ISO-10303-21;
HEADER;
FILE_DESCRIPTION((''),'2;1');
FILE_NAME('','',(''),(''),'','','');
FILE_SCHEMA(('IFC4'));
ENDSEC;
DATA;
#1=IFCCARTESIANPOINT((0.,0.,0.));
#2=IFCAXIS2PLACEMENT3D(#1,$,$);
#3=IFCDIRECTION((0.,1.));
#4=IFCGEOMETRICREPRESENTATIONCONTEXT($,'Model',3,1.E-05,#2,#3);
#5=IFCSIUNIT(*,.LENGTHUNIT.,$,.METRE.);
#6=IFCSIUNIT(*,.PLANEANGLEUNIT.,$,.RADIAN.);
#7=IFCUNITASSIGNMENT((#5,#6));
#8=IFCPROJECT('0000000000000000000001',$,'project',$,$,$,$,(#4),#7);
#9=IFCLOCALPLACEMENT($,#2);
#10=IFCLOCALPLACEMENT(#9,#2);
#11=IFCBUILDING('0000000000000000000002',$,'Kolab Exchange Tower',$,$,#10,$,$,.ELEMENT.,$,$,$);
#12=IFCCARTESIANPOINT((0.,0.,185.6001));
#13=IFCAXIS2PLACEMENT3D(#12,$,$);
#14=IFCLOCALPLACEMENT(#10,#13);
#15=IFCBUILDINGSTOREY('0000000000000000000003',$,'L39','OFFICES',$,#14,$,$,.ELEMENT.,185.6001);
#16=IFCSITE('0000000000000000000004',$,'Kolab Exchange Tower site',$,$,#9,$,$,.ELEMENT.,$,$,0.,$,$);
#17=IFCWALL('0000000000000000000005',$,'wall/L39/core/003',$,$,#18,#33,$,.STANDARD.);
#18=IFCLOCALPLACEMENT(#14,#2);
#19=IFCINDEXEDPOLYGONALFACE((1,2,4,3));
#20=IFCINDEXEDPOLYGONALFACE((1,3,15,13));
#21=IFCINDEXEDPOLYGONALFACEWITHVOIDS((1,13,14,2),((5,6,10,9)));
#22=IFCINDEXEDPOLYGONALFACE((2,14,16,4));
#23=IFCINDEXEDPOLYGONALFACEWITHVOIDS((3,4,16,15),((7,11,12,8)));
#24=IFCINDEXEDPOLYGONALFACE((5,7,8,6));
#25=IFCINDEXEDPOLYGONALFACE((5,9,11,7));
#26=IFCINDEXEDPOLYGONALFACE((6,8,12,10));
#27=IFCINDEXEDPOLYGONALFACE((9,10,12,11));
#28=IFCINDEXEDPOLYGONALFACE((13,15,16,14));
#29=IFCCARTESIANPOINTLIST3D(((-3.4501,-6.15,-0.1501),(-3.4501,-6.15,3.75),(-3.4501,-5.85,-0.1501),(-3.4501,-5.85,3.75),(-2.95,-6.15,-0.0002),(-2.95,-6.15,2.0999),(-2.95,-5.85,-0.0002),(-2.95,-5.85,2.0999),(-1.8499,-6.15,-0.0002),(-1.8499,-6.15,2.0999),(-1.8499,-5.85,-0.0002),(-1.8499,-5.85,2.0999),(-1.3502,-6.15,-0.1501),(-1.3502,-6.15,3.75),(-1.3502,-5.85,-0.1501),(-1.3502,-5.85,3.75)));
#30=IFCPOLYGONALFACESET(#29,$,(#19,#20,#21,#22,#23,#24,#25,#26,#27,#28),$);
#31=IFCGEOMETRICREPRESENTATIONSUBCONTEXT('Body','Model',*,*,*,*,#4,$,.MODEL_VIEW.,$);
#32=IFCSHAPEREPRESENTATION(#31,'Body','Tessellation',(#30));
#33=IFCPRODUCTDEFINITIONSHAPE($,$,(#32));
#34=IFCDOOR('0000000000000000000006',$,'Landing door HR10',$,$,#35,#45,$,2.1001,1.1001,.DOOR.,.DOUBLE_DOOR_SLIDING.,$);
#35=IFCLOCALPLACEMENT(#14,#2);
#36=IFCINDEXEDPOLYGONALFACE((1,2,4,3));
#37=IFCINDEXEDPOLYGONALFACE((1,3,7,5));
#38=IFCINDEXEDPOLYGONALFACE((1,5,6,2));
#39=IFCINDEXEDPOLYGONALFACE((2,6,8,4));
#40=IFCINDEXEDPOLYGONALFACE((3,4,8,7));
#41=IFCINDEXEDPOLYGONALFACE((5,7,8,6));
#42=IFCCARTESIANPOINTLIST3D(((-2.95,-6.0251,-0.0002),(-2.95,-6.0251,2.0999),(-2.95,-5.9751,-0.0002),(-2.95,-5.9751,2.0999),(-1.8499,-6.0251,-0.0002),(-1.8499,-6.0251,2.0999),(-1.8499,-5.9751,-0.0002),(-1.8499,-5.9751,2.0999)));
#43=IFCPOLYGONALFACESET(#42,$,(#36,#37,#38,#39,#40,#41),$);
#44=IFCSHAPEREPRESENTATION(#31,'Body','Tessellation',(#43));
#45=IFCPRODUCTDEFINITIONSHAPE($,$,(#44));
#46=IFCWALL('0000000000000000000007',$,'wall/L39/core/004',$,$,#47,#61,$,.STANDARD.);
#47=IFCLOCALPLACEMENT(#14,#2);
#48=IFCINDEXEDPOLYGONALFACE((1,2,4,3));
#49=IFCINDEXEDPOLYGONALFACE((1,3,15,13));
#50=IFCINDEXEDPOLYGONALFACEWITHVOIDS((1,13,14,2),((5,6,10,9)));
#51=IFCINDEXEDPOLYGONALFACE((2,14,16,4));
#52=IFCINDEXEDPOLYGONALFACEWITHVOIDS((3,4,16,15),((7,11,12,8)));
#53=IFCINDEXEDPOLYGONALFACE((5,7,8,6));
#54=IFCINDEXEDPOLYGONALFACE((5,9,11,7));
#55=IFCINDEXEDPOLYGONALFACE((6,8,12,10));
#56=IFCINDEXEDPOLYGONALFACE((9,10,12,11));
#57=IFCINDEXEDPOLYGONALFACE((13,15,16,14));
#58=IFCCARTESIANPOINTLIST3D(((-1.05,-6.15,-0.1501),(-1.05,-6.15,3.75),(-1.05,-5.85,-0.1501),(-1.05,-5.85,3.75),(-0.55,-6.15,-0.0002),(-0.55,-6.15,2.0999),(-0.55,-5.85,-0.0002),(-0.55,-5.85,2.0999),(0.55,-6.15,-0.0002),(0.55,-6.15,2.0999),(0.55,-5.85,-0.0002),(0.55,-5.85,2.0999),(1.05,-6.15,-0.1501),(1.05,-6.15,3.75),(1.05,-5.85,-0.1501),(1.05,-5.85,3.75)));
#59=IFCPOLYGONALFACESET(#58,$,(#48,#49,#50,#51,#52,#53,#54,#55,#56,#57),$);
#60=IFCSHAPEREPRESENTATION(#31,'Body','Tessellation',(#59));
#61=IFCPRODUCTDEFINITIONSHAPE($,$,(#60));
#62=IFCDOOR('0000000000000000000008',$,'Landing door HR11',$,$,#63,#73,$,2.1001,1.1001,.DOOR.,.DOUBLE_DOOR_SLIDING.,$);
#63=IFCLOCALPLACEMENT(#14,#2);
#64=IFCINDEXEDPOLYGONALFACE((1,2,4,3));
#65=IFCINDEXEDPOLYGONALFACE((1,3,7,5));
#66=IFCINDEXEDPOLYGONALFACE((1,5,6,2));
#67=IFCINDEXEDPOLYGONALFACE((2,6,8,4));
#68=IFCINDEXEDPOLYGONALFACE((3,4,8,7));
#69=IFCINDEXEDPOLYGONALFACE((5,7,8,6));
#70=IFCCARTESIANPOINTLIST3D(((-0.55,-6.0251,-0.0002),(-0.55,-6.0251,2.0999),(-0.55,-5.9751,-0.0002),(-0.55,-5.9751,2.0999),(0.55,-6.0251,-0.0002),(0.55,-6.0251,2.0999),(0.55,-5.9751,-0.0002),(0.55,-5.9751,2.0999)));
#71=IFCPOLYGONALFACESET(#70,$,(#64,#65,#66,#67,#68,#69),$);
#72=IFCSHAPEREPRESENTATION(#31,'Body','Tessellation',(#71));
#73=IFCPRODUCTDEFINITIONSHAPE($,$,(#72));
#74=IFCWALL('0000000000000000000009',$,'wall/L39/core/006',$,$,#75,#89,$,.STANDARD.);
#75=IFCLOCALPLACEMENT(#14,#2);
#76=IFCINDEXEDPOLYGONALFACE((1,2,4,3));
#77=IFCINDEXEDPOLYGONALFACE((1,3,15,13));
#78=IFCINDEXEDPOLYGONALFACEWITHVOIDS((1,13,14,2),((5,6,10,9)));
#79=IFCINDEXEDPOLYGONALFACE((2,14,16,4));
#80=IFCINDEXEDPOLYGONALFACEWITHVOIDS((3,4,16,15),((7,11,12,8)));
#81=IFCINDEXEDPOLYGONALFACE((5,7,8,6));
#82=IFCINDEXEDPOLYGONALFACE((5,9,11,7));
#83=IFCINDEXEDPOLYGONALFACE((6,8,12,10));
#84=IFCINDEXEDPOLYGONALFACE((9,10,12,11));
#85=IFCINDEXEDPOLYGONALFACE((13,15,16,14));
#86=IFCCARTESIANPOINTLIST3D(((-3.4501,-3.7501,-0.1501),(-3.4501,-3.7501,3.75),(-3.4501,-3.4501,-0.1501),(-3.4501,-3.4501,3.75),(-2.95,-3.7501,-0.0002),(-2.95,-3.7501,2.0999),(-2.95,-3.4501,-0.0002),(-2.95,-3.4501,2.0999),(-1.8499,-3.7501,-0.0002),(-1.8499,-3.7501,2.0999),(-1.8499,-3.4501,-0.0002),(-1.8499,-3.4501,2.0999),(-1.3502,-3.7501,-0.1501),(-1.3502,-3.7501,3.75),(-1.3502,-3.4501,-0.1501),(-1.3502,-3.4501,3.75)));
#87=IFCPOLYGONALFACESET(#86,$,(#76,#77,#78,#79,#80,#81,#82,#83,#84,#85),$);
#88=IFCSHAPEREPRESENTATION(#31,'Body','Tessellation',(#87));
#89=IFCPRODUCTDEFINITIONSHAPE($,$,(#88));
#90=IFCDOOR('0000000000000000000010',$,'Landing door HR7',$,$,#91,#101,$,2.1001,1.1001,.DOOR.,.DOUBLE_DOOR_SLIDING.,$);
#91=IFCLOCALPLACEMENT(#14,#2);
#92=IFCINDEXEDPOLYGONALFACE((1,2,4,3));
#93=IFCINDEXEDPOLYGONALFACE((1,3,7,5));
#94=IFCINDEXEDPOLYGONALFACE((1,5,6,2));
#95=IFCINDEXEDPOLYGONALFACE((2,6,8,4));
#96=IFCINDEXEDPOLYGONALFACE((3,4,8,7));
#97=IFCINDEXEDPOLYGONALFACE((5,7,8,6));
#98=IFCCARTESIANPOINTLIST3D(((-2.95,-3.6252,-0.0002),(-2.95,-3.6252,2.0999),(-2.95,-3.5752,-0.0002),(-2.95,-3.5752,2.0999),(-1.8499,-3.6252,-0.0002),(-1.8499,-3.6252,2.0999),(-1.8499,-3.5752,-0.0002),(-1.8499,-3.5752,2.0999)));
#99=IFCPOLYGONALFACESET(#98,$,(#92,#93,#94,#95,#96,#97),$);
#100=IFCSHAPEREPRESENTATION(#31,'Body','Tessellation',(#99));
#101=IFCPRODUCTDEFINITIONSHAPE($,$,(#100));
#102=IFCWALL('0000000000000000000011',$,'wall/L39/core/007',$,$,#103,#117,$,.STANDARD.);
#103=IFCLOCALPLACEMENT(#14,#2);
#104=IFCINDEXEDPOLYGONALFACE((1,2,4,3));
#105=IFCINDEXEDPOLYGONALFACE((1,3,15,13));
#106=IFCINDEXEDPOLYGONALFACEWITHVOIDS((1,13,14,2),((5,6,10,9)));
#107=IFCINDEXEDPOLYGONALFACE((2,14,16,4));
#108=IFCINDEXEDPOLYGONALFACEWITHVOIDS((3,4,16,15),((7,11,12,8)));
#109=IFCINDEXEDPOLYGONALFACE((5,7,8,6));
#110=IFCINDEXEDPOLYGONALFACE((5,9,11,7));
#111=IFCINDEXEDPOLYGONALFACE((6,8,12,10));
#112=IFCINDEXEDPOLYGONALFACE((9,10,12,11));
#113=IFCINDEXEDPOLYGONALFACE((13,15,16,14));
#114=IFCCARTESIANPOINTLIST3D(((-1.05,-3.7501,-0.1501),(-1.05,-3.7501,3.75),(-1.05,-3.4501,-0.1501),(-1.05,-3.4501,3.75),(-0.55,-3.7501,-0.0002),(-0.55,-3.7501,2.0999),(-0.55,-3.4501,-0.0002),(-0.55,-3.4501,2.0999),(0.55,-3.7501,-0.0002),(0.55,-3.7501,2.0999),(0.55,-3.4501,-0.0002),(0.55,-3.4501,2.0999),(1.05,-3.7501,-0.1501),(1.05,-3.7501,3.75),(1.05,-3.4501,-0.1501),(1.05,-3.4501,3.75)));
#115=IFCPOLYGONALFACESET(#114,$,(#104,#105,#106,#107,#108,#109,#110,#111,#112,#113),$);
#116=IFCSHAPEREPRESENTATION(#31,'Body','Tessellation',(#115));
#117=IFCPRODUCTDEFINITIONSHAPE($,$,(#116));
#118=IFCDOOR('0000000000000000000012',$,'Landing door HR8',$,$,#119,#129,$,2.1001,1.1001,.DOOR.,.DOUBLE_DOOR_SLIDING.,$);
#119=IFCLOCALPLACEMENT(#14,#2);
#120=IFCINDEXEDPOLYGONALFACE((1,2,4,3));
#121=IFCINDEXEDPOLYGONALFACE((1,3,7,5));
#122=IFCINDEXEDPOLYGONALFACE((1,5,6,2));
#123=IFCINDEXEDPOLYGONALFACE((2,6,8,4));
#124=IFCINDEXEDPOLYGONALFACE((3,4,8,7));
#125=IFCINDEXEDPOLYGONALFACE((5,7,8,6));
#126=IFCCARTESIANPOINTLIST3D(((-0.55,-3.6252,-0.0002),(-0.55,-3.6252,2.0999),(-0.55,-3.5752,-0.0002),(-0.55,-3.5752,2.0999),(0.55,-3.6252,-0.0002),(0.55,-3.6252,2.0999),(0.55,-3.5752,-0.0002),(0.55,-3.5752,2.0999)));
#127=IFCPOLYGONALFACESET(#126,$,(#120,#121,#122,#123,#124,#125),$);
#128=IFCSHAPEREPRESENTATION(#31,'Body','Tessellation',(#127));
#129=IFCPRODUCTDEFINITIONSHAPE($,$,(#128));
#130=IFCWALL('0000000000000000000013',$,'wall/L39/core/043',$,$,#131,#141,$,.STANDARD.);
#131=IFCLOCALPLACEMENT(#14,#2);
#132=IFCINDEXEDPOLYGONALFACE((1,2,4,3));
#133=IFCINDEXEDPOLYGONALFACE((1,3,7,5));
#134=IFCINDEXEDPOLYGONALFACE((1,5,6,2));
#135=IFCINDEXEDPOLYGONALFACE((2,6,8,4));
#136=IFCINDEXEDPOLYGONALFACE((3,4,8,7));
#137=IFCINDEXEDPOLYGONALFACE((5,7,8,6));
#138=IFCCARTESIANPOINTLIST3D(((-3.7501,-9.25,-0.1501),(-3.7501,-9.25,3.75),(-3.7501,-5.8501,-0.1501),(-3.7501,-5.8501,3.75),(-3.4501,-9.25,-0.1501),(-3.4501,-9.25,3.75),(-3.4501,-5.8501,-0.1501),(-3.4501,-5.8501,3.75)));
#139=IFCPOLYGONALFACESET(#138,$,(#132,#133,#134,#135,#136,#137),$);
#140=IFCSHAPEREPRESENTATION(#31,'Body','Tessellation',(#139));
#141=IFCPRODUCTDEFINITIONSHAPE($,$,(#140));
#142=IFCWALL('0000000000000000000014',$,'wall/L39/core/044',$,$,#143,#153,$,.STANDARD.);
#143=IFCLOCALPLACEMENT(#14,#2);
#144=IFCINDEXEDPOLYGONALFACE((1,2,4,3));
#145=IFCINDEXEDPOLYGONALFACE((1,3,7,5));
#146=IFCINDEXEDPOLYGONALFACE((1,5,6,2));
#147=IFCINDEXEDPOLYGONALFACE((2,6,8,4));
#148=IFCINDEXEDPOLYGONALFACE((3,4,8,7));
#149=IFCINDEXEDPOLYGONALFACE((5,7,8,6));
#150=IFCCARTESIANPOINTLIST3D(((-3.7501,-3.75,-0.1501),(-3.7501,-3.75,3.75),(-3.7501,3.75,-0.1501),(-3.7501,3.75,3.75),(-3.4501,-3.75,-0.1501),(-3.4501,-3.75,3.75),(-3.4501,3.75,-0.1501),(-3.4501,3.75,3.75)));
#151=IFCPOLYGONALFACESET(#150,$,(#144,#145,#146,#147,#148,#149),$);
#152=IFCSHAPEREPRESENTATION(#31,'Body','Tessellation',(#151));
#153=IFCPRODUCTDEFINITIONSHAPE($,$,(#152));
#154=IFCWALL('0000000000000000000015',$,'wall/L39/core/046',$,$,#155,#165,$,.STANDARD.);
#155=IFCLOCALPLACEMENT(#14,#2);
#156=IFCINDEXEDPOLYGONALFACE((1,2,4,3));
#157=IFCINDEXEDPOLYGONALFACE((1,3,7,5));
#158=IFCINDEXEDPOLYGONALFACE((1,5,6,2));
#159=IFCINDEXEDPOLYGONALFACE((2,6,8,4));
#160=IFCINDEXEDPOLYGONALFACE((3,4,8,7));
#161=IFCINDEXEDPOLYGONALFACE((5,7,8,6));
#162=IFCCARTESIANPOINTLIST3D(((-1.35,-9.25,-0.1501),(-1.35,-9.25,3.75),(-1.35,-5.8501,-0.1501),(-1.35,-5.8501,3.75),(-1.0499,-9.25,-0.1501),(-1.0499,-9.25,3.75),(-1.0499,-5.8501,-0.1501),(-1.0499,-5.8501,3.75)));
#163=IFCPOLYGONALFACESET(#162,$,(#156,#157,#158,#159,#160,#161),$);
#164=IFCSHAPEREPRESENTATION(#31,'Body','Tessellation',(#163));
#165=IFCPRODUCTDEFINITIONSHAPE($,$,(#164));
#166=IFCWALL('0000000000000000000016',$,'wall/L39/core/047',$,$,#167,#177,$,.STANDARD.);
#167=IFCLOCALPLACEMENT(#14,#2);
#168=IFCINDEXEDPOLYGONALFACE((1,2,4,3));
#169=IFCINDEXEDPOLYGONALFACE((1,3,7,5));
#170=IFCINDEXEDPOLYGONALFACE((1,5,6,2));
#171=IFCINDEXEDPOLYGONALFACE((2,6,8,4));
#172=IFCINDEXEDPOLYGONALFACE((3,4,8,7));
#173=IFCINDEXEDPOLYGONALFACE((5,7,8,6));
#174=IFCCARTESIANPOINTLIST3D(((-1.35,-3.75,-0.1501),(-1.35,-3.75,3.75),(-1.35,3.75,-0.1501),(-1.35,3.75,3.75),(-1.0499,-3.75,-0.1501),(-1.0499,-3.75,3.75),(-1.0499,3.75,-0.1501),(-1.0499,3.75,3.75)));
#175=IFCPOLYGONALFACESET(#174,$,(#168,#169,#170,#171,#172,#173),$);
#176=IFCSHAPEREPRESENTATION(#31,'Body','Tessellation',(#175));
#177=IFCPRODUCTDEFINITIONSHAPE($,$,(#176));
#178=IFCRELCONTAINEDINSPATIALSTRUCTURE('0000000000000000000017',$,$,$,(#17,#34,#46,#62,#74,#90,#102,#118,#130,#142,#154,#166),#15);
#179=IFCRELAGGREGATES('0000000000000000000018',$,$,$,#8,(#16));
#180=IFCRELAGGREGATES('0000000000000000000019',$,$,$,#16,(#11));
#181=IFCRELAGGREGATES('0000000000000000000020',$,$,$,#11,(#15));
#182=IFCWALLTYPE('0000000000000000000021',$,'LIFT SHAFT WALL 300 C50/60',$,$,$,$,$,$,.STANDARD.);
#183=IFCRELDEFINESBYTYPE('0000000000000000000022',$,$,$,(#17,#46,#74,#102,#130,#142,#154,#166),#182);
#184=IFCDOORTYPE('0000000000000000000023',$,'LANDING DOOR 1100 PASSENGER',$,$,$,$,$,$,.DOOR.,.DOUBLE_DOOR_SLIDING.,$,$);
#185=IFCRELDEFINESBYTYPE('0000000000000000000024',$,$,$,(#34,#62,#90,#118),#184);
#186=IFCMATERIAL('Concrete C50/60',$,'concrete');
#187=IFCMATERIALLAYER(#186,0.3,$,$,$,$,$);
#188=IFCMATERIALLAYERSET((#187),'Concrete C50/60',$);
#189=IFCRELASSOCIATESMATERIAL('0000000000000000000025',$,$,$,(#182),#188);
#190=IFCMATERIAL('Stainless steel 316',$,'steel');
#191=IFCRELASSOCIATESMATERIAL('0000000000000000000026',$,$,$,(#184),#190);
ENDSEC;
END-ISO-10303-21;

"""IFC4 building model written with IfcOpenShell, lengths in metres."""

from ifc_helpers import new_model, si_unit, direction, frame, frame_2d, origin, place, context, subcontext, project, spatial, rectangle, extrude, material, layer, layer_set, type_object, element, fill, save


model = new_model("IFC4")

# Units and contexts
model_context = context("Model", 3, precision=1e-05, world=origin(), true_north=direction((0.0, 1.0)))
body_context = subcontext(model_context, "Body", "Model", "MODEL_VIEW")
ifc_project = project(units=[si_unit("LENGTHUNIT", "METRE"), si_unit("PLANEANGLEUNIT", "RADIAN")], contexts=[model_context])

# Site, building, storey
site_placement = place(None, origin())
site = spatial("IfcSite", under=ifc_project, at=site_placement, Name="Kolab Exchange Tower site", CompositionType="ELEMENT", RefElevation=0.0)
building_placement = place(site_placement, origin())
building = spatial("IfcBuilding", under=site, at=building_placement, Name="Kolab Exchange Tower", CompositionType="ELEMENT")
storey_placement = place(building_placement, frame((0.0, 0.0, 185.6001)))
storey = spatial("IfcBuildingStorey", under=building, at=storey_placement, Name="L39", Description="OFFICES", CompositionType="ELEMENT", Elevation=185.6001)

# Walls, openings, doors
ifc_material_1 = material(Name="Concrete C50/60", Category="concrete")
ifc_layer_1 = layer(ifc_material_1, 0.3)
ifc_layer_set_1 = layer_set([ifc_layer_1], Name="Concrete C50/60")
wall_type_1 = type_object("IfcWallType", Name="LIFT SHAFT WALL 300 C50/60", PredefinedType="STANDARD", material=ifc_layer_set_1)
wall_1_placement = place(storey_placement, frame((-3.45, -6.0, -0.1501), z_axis=(0.0, 0.0, 1.0), x_axis=(1.0, 0.0, 0.0)))
wall_1 = element("IfcWall", 1, at=wall_1_placement, inside=storey, type_object=wall_type_1, Name="wall/L39/core/003", PredefinedType="STANDARD", context=body_context, shape_type="SweptSolid", body=[
    extrude(rectangle(XDim=2.0999, YDim=0.3, at=frame_2d((1.0498, 0.0))), origin(), (0.0, 0.0, 1.0), 3.9001),
])
opening_1_placement = place(wall_1_placement, frame((0.5, 0.0, 0.1499)))
opening_1 = element("IfcOpeningElement", 2, at=opening_1_placement, cuts=wall_1, PredefinedType="OPENING", context=body_context, shape_type="SweptSolid", body=[
    extrude(rectangle(XDim=1.1001, YDim=2.1001, at=frame_2d((0.55, 1.05))), frame((0.0, 0.1602, 0.0), z_axis=(0.0, -1.0, 0.0), x_axis=(1.0, 0.0, 0.0)), (0.0, 0.0, 1.0), 0.3201),
])
ifc_material_2 = material(Name="Stainless steel 316", Category="steel")
door_type_1 = type_object("IfcDoorType", Name="LANDING DOOR 1100 PASSENGER", OperationType="DOUBLE_DOOR_SLIDING", PredefinedType="DOOR", material=ifc_material_2)
door_1_placement = place(opening_1_placement, origin())
door_1 = element("IfcDoor", 3, at=door_1_placement, inside=storey, type_object=door_type_1, Name="Landing door HR10", OperationType="DOUBLE_DOOR_SLIDING", OverallHeight=2.1001, OverallWidth=1.1001, PredefinedType="DOOR", context=body_context, shape_type="SweptSolid", body=[
    extrude(rectangle(XDim=1.1001, YDim=2.1001, at=frame_2d((0.55, 1.05))), frame((0.0, 0.0249, 0.0), z_axis=(0.0, -1.0, 0.0), x_axis=(1.0, 0.0, 0.0)), (0.0, 0.0, 1.0), 0.05),
])
fill(opening_1, door_1)
wall_2_placement = place(storey_placement, frame((-1.05, -6.0, -0.1501), z_axis=(0.0, 0.0, 1.0), x_axis=(1.0, 0.0, 0.0)))
wall_2 = element("IfcWall", 4, at=wall_2_placement, inside=storey, type_object=wall_type_1, Name="wall/L39/core/004", PredefinedType="STANDARD", context=body_context, shape_type="SweptSolid", body=[
    extrude(rectangle(XDim=2.1001, YDim=0.3, at=frame_2d((1.05, 0.0))), origin(), (0.0, 0.0, 1.0), 3.9001),
])
opening_2_placement = place(wall_2_placement, frame((0.5, 0.0, 0.1499)))
opening_2 = element("IfcOpeningElement", 5, at=opening_2_placement, cuts=wall_2, PredefinedType="OPENING", context=body_context, shape_type="SweptSolid", body=[
    extrude(rectangle(XDim=1.1001, YDim=2.1001, at=frame_2d((0.55, 1.05))), frame((0.0, 0.1602, 0.0), z_axis=(0.0, -1.0, 0.0), x_axis=(1.0, 0.0, 0.0)), (0.0, 0.0, 1.0), 0.3201),
])
door_2_placement = place(opening_2_placement, origin())
door_2 = element("IfcDoor", 6, at=door_2_placement, inside=storey, type_object=door_type_1, Name="Landing door HR11", OperationType="DOUBLE_DOOR_SLIDING", OverallHeight=2.1001, OverallWidth=1.1001, PredefinedType="DOOR", context=body_context, shape_type="SweptSolid", body=[
    extrude(rectangle(XDim=1.1001, YDim=2.1001, at=frame_2d((0.55, 1.05))), frame((0.0, 0.0249, 0.0), z_axis=(0.0, -1.0, 0.0), x_axis=(1.0, 0.0, 0.0)), (0.0, 0.0, 1.0), 0.05),
])
fill(opening_2, door_2)
wall_3_placement = place(storey_placement, frame((-3.45, -3.6001, -0.1501), z_axis=(0.0, 0.0, 1.0), x_axis=(1.0, 0.0, 0.0)))
wall_3 = element("IfcWall", 7, at=wall_3_placement, inside=storey, type_object=wall_type_1, Name="wall/L39/core/006", PredefinedType="STANDARD", context=body_context, shape_type="SweptSolid", body=[
    extrude(rectangle(XDim=2.0999, YDim=0.3, at=frame_2d((1.0498, 0.0))), origin(), (0.0, 0.0, 1.0), 3.9001),
])
opening_3_placement = place(wall_3_placement, frame((0.5, 0.0, 0.1499)))
opening_3 = element("IfcOpeningElement", 8, at=opening_3_placement, cuts=wall_3, PredefinedType="OPENING", context=body_context, shape_type="SweptSolid", body=[
    extrude(rectangle(XDim=1.1001, YDim=2.1001, at=frame_2d((0.55, 1.05))), frame((0.0, 0.1602, 0.0), z_axis=(0.0, -1.0, 0.0), x_axis=(1.0, 0.0, 0.0)), (0.0, 0.0, 1.0), 0.3201),
])
door_3_placement = place(opening_3_placement, origin())
door_3 = element("IfcDoor", 9, at=door_3_placement, inside=storey, type_object=door_type_1, Name="Landing door HR7", OperationType="DOUBLE_DOOR_SLIDING", OverallHeight=2.1001, OverallWidth=1.1001, PredefinedType="DOOR", context=body_context, shape_type="SweptSolid", body=[
    extrude(rectangle(XDim=1.1001, YDim=2.1001, at=frame_2d((0.55, 1.05))), frame((0.0, 0.0249, 0.0), z_axis=(0.0, -1.0, 0.0), x_axis=(1.0, 0.0, 0.0)), (0.0, 0.0, 1.0), 0.05),
])
fill(opening_3, door_3)
wall_4_placement = place(storey_placement, frame((-1.05, -3.6001, -0.1501), z_axis=(0.0, 0.0, 1.0), x_axis=(1.0, 0.0, 0.0)))
wall_4 = element("IfcWall", 10, at=wall_4_placement, inside=storey, type_object=wall_type_1, Name="wall/L39/core/007", PredefinedType="STANDARD", context=body_context, shape_type="SweptSolid", body=[
    extrude(rectangle(XDim=2.1001, YDim=0.3, at=frame_2d((1.05, 0.0))), origin(), (0.0, 0.0, 1.0), 3.9001),
])
opening_4_placement = place(wall_4_placement, frame((0.5, 0.0, 0.1499)))
opening_4 = element("IfcOpeningElement", 11, at=opening_4_placement, cuts=wall_4, PredefinedType="OPENING", context=body_context, shape_type="SweptSolid", body=[
    extrude(rectangle(XDim=1.1001, YDim=2.1001, at=frame_2d((0.55, 1.05))), frame((0.0, 0.1602, 0.0), z_axis=(0.0, -1.0, 0.0), x_axis=(1.0, 0.0, 0.0)), (0.0, 0.0, 1.0), 0.3201),
])
door_4_placement = place(opening_4_placement, origin())
door_4 = element("IfcDoor", 12, at=door_4_placement, inside=storey, type_object=door_type_1, Name="Landing door HR8", OperationType="DOUBLE_DOOR_SLIDING", OverallHeight=2.1001, OverallWidth=1.1001, PredefinedType="DOOR", context=body_context, shape_type="SweptSolid", body=[
    extrude(rectangle(XDim=1.1001, YDim=2.1001, at=frame_2d((0.55, 1.05))), frame((0.0, 0.0249, 0.0), z_axis=(0.0, -1.0, 0.0), x_axis=(1.0, 0.0, 0.0)), (0.0, 0.0, 1.0), 0.05),
])
fill(opening_4, door_4)

# Walls
wall_5_placement = place(storey_placement, frame((-3.6001, -9.25, -0.1501), z_axis=(0.0, 0.0, 1.0), x_axis=(0.0, 1.0, 0.0)))
element("IfcWall", 13, at=wall_5_placement, inside=storey, type_object=wall_type_1, Name="wall/L39/core/043", PredefinedType="STANDARD", context=body_context, shape_type="SweptSolid", body=[
    extrude(rectangle(XDim=3.3999, YDim=0.3, at=frame_2d((1.7, 0.0))), origin(), (0.0, 0.0, 1.0), 3.9001),
])
wall_6_placement = place(storey_placement, frame((-3.6001, -3.75, -0.1501), z_axis=(0.0, 0.0, 1.0), x_axis=(0.0, 1.0, 0.0)))
element("IfcWall", 14, at=wall_6_placement, inside=storey, type_object=wall_type_1, Name="wall/L39/core/044", PredefinedType="STANDARD", context=body_context, shape_type="SweptSolid", body=[
    extrude(rectangle(XDim=7.5, YDim=0.3, at=frame_2d((3.75, 0.0))), origin(), (0.0, 0.0, 1.0), 3.9001),
])
wall_7_placement = place(storey_placement, frame((-1.2, -9.25, -0.1501), z_axis=(0.0, 0.0, 1.0), x_axis=(0.0, 1.0, 0.0)))
element("IfcWall", 15, at=wall_7_placement, inside=storey, type_object=wall_type_1, Name="wall/L39/core/046", PredefinedType="STANDARD", context=body_context, shape_type="SweptSolid", body=[
    extrude(rectangle(XDim=3.3999, YDim=0.3, at=frame_2d((1.7, 0.0))), origin(), (0.0, 0.0, 1.0), 3.9001),
])
wall_8_placement = place(storey_placement, frame((-1.2, -3.75, -0.1501), z_axis=(0.0, 0.0, 1.0), x_axis=(0.0, 1.0, 0.0)))
element("IfcWall", 16, at=wall_8_placement, inside=storey, type_object=wall_type_1, Name="wall/L39/core/047", PredefinedType="STANDARD", context=body_context, shape_type="SweptSolid", body=[
    extrude(rectangle(XDim=7.5, YDim=0.3, at=frame_2d((3.75, 0.0))), origin(), (0.0, 0.0, 1.0), 3.9001),
])

save(model, "model.ifc")
